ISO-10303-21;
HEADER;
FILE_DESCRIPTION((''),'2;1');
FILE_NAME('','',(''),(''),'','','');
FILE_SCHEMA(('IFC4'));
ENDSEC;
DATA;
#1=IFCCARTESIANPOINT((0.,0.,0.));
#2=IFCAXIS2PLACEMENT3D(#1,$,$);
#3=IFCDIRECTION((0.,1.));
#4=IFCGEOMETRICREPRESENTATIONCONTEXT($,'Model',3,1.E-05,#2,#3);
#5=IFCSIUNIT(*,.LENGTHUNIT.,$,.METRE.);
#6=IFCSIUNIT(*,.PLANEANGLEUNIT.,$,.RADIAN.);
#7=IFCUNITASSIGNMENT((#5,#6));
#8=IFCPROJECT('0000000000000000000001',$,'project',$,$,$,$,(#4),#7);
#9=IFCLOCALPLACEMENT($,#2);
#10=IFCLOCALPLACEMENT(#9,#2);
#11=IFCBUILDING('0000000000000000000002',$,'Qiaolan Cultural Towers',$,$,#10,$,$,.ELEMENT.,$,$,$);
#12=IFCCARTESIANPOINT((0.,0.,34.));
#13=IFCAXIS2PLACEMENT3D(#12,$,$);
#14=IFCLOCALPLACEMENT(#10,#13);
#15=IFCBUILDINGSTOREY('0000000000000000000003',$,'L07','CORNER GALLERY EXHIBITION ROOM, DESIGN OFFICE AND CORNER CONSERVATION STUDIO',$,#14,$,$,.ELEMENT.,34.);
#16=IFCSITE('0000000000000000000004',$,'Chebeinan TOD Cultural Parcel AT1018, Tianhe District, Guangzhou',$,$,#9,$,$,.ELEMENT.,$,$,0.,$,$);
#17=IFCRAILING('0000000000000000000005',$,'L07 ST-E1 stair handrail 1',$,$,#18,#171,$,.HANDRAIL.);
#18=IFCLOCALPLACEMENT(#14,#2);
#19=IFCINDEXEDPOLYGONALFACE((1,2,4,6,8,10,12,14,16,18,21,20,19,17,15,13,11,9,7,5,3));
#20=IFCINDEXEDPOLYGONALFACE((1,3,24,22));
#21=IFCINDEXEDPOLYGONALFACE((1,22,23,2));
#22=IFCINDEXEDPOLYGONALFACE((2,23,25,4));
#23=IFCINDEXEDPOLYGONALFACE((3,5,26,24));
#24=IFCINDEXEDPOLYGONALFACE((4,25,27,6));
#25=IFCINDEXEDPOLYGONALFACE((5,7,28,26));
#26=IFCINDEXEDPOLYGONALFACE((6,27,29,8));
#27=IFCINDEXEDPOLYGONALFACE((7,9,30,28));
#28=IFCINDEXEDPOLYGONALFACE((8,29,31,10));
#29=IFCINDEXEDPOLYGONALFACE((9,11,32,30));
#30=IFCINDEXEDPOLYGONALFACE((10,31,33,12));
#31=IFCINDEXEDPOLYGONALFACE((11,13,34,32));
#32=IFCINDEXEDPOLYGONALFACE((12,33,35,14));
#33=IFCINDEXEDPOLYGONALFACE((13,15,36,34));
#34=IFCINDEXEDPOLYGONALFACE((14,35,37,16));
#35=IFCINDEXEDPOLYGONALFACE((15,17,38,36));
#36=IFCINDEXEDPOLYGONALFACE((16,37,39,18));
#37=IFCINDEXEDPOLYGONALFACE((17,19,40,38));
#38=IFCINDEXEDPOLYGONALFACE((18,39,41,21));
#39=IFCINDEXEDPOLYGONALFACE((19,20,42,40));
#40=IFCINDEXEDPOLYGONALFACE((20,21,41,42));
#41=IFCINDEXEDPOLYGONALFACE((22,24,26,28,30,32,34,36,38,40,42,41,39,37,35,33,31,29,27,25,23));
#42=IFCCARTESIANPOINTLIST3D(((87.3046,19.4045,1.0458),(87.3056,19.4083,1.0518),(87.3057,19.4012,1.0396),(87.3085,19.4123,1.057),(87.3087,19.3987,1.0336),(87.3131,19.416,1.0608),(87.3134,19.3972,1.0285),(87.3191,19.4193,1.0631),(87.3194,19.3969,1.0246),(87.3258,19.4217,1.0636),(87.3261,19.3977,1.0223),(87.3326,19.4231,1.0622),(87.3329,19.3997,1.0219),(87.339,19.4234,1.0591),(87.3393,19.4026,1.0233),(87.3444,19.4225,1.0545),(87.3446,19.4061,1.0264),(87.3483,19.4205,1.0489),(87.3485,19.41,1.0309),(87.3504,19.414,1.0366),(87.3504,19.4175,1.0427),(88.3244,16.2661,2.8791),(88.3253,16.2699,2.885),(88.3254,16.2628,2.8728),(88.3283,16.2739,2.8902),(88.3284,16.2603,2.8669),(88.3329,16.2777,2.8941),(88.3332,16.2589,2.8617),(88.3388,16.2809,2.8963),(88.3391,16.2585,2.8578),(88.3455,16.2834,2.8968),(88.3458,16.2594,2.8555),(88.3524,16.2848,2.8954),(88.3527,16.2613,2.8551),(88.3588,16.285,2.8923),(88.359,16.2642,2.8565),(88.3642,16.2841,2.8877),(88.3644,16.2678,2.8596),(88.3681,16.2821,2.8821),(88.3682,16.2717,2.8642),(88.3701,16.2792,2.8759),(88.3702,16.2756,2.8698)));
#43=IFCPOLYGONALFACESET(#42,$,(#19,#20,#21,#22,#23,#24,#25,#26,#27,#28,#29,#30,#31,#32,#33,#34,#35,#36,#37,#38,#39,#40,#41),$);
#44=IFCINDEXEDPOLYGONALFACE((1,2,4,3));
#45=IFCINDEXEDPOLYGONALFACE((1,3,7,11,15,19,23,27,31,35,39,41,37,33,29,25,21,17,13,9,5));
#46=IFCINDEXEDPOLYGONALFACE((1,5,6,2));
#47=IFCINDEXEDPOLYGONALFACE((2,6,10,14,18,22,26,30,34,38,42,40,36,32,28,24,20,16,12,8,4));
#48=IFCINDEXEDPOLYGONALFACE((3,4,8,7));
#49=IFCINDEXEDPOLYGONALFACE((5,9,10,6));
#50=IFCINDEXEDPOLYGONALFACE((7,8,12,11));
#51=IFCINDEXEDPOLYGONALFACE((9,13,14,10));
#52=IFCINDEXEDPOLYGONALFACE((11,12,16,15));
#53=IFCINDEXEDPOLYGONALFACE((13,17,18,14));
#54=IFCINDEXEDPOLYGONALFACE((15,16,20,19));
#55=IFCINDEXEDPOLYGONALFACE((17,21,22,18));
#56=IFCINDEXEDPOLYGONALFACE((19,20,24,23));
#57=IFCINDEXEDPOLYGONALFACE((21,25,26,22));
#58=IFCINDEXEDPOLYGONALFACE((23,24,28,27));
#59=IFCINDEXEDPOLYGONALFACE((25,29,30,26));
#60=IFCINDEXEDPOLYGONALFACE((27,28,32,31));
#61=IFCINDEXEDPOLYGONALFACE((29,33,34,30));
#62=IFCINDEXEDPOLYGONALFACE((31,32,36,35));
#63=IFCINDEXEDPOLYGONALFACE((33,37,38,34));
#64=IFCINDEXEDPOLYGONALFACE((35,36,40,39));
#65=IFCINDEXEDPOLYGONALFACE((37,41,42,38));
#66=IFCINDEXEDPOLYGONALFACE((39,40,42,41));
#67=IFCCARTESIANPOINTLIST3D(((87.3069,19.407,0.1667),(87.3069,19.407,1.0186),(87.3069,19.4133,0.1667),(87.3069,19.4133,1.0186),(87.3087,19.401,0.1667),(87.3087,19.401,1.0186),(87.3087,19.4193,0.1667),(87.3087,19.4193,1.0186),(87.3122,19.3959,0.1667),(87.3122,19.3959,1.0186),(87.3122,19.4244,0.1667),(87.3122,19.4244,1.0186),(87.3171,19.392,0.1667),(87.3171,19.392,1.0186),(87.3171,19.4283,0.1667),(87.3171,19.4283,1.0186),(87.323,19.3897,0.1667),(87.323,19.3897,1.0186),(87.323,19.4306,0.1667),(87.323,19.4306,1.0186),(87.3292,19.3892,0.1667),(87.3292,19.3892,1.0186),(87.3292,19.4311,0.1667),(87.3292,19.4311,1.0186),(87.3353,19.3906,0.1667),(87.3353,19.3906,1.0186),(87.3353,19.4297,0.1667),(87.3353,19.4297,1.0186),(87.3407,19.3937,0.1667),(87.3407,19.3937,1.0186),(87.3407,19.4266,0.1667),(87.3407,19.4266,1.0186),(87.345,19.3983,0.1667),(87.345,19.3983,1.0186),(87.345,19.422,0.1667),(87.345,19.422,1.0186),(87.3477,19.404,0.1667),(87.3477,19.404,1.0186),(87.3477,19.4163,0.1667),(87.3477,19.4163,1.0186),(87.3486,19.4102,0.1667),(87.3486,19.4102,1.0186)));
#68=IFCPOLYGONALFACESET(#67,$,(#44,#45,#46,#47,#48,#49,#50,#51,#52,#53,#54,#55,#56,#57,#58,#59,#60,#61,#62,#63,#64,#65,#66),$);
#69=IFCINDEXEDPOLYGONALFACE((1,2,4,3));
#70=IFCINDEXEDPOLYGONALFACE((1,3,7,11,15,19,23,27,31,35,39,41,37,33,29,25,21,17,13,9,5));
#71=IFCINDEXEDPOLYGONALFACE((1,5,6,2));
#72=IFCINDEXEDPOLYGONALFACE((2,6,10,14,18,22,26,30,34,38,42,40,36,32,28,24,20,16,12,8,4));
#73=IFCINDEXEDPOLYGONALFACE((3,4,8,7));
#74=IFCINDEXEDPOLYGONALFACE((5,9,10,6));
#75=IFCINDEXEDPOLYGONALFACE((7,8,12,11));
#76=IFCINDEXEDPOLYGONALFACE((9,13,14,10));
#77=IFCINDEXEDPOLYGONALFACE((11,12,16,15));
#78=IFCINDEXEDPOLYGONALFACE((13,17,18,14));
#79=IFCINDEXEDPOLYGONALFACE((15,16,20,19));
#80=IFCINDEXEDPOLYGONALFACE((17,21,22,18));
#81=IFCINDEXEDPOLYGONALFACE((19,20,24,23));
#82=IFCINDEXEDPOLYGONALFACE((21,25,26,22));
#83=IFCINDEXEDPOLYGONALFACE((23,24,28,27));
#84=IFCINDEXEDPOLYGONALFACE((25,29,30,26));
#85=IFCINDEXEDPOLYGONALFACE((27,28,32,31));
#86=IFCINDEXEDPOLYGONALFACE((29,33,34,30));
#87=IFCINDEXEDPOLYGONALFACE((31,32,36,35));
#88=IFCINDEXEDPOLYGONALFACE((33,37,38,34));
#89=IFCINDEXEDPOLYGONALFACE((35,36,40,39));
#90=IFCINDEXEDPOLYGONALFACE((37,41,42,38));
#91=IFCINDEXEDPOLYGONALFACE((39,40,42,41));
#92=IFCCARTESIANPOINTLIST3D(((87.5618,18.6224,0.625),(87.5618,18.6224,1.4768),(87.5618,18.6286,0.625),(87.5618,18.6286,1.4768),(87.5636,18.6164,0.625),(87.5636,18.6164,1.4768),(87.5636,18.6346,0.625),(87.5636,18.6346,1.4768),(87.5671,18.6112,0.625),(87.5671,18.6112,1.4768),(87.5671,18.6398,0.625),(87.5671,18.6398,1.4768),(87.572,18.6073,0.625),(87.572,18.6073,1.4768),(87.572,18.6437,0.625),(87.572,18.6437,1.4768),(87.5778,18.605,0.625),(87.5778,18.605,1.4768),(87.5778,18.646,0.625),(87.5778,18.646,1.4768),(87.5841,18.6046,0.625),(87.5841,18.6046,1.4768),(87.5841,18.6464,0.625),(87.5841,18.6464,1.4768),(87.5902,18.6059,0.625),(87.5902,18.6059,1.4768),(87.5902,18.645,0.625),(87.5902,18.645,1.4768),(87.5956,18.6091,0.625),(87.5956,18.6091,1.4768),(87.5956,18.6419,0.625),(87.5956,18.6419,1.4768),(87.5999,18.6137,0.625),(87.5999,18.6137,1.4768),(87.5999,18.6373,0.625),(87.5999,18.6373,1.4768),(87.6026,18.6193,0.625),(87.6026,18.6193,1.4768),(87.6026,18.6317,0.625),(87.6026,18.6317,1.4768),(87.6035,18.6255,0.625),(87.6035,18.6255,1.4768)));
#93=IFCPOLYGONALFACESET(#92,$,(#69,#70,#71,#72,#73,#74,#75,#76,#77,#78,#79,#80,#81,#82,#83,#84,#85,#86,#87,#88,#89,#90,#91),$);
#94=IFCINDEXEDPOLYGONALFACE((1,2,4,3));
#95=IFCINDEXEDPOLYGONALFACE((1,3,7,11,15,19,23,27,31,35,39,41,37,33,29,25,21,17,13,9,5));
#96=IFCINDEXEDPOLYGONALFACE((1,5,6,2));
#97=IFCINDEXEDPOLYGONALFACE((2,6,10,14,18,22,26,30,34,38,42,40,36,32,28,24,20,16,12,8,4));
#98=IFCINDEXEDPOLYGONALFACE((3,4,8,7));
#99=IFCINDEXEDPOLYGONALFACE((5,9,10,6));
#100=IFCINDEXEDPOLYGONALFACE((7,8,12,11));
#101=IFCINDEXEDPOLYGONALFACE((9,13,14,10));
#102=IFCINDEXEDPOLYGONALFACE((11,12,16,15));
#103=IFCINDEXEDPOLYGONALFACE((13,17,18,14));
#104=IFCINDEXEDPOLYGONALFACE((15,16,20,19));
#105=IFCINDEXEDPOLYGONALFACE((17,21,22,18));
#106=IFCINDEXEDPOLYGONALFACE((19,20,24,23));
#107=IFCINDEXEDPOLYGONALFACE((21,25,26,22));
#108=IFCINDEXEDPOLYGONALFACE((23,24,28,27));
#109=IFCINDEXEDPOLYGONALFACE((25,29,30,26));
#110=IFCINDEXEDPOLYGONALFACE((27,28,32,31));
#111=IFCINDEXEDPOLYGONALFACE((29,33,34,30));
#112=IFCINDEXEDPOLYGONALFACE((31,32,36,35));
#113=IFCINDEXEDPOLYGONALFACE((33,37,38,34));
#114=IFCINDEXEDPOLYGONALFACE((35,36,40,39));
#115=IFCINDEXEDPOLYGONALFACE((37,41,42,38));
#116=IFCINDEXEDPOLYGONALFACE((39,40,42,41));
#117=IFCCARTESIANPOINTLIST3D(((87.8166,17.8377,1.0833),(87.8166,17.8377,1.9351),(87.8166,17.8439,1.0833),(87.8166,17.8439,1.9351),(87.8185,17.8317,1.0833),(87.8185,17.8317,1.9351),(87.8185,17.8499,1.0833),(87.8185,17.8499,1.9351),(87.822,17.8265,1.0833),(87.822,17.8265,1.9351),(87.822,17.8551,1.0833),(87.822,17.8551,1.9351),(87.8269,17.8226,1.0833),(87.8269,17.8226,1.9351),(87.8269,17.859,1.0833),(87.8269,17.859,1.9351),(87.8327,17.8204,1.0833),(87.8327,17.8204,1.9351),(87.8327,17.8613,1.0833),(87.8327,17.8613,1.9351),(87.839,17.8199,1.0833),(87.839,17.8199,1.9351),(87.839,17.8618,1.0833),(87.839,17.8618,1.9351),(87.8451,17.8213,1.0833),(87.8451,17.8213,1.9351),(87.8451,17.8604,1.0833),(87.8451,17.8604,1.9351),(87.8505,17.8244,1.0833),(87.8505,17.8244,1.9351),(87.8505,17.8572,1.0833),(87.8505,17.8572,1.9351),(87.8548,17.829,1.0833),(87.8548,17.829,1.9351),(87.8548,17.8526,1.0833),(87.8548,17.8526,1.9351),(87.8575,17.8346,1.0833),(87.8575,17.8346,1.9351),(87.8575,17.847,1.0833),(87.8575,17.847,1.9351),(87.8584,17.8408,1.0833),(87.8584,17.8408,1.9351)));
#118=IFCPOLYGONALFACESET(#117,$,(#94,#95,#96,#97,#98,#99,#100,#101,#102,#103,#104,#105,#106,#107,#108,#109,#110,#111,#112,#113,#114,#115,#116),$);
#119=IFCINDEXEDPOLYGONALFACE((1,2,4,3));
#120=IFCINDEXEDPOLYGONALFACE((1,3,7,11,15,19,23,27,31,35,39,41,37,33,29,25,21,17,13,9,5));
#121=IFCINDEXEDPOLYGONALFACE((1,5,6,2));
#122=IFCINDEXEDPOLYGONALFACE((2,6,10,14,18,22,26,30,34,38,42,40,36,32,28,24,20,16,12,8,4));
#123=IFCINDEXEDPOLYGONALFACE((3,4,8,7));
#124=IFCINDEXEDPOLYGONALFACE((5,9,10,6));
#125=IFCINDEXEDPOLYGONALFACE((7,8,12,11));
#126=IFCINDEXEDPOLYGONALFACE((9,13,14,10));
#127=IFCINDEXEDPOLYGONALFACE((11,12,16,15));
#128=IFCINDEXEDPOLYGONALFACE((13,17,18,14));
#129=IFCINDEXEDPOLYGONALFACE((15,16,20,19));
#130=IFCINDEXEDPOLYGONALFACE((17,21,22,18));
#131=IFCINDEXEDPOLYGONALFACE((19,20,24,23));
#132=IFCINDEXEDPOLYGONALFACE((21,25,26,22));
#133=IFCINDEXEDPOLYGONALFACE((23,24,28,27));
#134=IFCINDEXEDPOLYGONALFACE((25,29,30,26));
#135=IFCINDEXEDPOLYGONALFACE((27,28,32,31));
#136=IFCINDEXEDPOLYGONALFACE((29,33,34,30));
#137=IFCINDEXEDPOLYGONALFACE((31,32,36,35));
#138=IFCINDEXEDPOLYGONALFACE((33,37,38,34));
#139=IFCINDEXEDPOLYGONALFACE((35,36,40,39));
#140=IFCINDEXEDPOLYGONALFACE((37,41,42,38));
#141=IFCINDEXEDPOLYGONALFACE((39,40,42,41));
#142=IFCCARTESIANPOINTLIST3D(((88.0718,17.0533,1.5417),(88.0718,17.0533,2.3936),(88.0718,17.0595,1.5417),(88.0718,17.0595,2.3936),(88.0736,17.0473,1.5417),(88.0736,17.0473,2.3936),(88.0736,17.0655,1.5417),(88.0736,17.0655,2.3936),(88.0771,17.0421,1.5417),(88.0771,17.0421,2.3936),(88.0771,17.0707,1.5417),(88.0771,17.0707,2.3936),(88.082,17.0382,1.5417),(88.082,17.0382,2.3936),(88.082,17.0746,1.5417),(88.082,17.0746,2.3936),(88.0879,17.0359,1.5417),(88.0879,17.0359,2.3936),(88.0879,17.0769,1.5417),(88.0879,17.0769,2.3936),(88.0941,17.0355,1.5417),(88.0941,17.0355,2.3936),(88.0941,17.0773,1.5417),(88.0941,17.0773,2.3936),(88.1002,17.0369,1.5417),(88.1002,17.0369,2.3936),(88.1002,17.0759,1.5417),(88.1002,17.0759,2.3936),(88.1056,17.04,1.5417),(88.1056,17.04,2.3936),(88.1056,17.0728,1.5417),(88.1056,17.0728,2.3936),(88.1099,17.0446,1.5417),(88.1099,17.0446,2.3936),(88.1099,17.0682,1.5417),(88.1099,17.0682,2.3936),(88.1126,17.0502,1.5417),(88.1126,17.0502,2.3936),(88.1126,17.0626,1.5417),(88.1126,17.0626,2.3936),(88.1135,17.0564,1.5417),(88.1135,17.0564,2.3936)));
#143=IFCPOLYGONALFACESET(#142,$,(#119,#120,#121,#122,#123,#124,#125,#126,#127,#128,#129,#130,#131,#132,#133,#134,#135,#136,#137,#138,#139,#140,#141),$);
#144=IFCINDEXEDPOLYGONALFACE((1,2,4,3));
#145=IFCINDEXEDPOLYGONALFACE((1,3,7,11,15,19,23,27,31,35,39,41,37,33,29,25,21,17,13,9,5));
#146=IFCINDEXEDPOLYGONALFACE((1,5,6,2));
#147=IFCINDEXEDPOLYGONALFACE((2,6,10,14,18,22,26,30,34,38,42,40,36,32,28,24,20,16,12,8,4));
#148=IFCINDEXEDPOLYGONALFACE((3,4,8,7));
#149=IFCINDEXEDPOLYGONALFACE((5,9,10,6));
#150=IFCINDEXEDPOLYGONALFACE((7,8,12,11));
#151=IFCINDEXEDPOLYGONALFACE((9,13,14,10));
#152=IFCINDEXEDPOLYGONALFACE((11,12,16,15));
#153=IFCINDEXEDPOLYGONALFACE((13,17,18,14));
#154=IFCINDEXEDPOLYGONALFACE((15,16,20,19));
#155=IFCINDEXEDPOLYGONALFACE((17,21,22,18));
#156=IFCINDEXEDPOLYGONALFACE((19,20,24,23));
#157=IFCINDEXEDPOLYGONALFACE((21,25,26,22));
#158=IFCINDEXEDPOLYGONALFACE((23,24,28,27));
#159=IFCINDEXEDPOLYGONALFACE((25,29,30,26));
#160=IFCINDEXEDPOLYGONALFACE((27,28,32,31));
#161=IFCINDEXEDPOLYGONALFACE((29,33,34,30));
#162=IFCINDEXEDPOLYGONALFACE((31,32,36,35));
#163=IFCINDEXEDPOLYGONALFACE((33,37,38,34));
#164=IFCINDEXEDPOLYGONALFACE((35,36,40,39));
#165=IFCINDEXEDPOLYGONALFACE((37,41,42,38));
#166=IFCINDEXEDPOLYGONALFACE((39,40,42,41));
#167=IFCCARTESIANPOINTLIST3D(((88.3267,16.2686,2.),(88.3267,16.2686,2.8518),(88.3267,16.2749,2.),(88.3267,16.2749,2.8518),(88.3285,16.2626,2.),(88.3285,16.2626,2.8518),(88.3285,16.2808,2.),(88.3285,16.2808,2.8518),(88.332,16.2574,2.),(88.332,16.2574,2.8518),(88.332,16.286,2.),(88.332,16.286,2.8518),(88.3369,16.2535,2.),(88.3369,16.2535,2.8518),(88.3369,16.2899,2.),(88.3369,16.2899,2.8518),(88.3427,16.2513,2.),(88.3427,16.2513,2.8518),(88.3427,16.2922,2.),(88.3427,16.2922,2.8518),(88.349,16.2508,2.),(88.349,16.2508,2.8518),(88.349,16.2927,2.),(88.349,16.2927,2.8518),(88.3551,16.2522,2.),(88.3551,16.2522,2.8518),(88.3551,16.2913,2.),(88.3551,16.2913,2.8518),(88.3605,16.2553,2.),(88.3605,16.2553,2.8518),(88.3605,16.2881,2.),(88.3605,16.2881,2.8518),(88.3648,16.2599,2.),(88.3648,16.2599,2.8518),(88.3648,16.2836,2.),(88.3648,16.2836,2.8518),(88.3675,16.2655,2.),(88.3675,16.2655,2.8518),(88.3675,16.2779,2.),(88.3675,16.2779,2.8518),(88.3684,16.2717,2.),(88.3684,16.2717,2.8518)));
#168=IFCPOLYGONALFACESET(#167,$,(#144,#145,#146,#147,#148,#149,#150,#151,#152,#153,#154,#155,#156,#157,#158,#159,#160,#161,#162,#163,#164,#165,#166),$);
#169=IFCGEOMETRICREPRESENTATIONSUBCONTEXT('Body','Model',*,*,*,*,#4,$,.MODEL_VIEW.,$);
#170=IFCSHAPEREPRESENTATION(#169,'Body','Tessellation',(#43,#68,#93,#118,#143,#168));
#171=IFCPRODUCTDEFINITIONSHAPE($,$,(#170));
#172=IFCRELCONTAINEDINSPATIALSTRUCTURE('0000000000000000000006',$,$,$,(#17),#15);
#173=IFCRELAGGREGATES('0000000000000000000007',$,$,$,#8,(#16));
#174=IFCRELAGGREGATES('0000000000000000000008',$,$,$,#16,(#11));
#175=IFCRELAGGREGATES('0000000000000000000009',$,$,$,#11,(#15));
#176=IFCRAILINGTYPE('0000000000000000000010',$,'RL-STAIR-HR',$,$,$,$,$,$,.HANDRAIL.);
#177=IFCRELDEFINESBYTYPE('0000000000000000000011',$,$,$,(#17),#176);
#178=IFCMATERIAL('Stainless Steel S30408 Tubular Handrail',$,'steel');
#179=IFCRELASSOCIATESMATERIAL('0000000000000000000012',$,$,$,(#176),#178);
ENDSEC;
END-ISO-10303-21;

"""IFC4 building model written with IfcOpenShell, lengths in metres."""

from ifc_helpers import new_model, si_unit, direction, frame, origin, origin_2d, place, context, subcontext, project, spatial, circle, extrude, material, type_object, element, save


model = new_model("IFC4")

# Units and contexts
model_context = context("Model", 3, precision=1e-05, world=origin(), true_north=direction((0.0, 1.0)))
body_context = subcontext(model_context, "Body", "Model", "MODEL_VIEW")
ifc_project = project(units=[si_unit("LENGTHUNIT", "METRE"), si_unit("PLANEANGLEUNIT", "RADIAN")], contexts=[model_context])

# Site, building, storey
site_placement = place(None, origin())
site = spatial("IfcSite", under=ifc_project, at=site_placement, Name="Chebeinan TOD Cultural Parcel AT1018, Tianhe District, Guangzhou", CompositionType="ELEMENT", RefElevation=0.0)
building_placement = place(site_placement, origin())
building = spatial("IfcBuilding", under=site, at=building_placement, Name="Qiaolan Cultural Towers", CompositionType="ELEMENT")
storey_placement = place(building_placement, frame((0.0, 0.0, 34.0)))
storey = spatial("IfcBuildingStorey", under=building, at=storey_placement, Name="L07", Description="CORNER GALLERY EXHIBITION ROOM, DESIGN OFFICE AND CORNER CONSERVATION STUDIO", CompositionType="ELEMENT", Elevation=34.0)

# Railing
ifc_material_1 = material(Name="Stainless Steel S30408 Tubular Handrail", Category="steel")
railing_type_1 = type_object("IfcRailingType", Name="RL-STAIR-HR", PredefinedType="HANDRAIL", material=ifc_material_1)
railing_1_placement = place(storey_placement, frame((87.3276, 19.4102, 0.1667)))
element("IfcRailing", 1, at=railing_1_placement, inside=storey, type_object=railing_type_1, Name="L07 ST-E1 stair handrail 1", PredefinedType="HANDRAIL", context=body_context, shape_type="SweptSolid", body=[
    extrude(circle(Radius=0.0239, at=origin_2d()), frame((0.0, 0.0, 0.876), z_axis=(0.270141, -0.831376, 0.485632), x_axis=(0.951053, 0.309028, 0.0)), (0.0, 0.0, 1.0), 3.7749),
    extrude(circle(Radius=0.021, at=origin_2d()), origin(), (0.0, 0.0, 1.0), 0.8518),
    extrude(circle(Radius=0.021, at=origin_2d()), frame((0.2549, -0.7847, 0.4583)), (0.0, 0.0, 1.0), 0.8518),
    extrude(circle(Radius=0.021, at=origin_2d()), frame((0.5098, -1.5693, 0.9165)), (0.0, 0.0, 1.0), 0.8518),
    extrude(circle(Radius=0.021, at=origin_2d()), frame((0.7649, -2.3538, 1.375)), (0.0, 0.0, 1.0), 0.8518),
    extrude(circle(Radius=0.021, at=origin_2d()), frame((1.0198, -3.1384, 1.8333)), (0.0, 0.0, 1.0), 0.8518),
])

save(model, "model.ifc")
